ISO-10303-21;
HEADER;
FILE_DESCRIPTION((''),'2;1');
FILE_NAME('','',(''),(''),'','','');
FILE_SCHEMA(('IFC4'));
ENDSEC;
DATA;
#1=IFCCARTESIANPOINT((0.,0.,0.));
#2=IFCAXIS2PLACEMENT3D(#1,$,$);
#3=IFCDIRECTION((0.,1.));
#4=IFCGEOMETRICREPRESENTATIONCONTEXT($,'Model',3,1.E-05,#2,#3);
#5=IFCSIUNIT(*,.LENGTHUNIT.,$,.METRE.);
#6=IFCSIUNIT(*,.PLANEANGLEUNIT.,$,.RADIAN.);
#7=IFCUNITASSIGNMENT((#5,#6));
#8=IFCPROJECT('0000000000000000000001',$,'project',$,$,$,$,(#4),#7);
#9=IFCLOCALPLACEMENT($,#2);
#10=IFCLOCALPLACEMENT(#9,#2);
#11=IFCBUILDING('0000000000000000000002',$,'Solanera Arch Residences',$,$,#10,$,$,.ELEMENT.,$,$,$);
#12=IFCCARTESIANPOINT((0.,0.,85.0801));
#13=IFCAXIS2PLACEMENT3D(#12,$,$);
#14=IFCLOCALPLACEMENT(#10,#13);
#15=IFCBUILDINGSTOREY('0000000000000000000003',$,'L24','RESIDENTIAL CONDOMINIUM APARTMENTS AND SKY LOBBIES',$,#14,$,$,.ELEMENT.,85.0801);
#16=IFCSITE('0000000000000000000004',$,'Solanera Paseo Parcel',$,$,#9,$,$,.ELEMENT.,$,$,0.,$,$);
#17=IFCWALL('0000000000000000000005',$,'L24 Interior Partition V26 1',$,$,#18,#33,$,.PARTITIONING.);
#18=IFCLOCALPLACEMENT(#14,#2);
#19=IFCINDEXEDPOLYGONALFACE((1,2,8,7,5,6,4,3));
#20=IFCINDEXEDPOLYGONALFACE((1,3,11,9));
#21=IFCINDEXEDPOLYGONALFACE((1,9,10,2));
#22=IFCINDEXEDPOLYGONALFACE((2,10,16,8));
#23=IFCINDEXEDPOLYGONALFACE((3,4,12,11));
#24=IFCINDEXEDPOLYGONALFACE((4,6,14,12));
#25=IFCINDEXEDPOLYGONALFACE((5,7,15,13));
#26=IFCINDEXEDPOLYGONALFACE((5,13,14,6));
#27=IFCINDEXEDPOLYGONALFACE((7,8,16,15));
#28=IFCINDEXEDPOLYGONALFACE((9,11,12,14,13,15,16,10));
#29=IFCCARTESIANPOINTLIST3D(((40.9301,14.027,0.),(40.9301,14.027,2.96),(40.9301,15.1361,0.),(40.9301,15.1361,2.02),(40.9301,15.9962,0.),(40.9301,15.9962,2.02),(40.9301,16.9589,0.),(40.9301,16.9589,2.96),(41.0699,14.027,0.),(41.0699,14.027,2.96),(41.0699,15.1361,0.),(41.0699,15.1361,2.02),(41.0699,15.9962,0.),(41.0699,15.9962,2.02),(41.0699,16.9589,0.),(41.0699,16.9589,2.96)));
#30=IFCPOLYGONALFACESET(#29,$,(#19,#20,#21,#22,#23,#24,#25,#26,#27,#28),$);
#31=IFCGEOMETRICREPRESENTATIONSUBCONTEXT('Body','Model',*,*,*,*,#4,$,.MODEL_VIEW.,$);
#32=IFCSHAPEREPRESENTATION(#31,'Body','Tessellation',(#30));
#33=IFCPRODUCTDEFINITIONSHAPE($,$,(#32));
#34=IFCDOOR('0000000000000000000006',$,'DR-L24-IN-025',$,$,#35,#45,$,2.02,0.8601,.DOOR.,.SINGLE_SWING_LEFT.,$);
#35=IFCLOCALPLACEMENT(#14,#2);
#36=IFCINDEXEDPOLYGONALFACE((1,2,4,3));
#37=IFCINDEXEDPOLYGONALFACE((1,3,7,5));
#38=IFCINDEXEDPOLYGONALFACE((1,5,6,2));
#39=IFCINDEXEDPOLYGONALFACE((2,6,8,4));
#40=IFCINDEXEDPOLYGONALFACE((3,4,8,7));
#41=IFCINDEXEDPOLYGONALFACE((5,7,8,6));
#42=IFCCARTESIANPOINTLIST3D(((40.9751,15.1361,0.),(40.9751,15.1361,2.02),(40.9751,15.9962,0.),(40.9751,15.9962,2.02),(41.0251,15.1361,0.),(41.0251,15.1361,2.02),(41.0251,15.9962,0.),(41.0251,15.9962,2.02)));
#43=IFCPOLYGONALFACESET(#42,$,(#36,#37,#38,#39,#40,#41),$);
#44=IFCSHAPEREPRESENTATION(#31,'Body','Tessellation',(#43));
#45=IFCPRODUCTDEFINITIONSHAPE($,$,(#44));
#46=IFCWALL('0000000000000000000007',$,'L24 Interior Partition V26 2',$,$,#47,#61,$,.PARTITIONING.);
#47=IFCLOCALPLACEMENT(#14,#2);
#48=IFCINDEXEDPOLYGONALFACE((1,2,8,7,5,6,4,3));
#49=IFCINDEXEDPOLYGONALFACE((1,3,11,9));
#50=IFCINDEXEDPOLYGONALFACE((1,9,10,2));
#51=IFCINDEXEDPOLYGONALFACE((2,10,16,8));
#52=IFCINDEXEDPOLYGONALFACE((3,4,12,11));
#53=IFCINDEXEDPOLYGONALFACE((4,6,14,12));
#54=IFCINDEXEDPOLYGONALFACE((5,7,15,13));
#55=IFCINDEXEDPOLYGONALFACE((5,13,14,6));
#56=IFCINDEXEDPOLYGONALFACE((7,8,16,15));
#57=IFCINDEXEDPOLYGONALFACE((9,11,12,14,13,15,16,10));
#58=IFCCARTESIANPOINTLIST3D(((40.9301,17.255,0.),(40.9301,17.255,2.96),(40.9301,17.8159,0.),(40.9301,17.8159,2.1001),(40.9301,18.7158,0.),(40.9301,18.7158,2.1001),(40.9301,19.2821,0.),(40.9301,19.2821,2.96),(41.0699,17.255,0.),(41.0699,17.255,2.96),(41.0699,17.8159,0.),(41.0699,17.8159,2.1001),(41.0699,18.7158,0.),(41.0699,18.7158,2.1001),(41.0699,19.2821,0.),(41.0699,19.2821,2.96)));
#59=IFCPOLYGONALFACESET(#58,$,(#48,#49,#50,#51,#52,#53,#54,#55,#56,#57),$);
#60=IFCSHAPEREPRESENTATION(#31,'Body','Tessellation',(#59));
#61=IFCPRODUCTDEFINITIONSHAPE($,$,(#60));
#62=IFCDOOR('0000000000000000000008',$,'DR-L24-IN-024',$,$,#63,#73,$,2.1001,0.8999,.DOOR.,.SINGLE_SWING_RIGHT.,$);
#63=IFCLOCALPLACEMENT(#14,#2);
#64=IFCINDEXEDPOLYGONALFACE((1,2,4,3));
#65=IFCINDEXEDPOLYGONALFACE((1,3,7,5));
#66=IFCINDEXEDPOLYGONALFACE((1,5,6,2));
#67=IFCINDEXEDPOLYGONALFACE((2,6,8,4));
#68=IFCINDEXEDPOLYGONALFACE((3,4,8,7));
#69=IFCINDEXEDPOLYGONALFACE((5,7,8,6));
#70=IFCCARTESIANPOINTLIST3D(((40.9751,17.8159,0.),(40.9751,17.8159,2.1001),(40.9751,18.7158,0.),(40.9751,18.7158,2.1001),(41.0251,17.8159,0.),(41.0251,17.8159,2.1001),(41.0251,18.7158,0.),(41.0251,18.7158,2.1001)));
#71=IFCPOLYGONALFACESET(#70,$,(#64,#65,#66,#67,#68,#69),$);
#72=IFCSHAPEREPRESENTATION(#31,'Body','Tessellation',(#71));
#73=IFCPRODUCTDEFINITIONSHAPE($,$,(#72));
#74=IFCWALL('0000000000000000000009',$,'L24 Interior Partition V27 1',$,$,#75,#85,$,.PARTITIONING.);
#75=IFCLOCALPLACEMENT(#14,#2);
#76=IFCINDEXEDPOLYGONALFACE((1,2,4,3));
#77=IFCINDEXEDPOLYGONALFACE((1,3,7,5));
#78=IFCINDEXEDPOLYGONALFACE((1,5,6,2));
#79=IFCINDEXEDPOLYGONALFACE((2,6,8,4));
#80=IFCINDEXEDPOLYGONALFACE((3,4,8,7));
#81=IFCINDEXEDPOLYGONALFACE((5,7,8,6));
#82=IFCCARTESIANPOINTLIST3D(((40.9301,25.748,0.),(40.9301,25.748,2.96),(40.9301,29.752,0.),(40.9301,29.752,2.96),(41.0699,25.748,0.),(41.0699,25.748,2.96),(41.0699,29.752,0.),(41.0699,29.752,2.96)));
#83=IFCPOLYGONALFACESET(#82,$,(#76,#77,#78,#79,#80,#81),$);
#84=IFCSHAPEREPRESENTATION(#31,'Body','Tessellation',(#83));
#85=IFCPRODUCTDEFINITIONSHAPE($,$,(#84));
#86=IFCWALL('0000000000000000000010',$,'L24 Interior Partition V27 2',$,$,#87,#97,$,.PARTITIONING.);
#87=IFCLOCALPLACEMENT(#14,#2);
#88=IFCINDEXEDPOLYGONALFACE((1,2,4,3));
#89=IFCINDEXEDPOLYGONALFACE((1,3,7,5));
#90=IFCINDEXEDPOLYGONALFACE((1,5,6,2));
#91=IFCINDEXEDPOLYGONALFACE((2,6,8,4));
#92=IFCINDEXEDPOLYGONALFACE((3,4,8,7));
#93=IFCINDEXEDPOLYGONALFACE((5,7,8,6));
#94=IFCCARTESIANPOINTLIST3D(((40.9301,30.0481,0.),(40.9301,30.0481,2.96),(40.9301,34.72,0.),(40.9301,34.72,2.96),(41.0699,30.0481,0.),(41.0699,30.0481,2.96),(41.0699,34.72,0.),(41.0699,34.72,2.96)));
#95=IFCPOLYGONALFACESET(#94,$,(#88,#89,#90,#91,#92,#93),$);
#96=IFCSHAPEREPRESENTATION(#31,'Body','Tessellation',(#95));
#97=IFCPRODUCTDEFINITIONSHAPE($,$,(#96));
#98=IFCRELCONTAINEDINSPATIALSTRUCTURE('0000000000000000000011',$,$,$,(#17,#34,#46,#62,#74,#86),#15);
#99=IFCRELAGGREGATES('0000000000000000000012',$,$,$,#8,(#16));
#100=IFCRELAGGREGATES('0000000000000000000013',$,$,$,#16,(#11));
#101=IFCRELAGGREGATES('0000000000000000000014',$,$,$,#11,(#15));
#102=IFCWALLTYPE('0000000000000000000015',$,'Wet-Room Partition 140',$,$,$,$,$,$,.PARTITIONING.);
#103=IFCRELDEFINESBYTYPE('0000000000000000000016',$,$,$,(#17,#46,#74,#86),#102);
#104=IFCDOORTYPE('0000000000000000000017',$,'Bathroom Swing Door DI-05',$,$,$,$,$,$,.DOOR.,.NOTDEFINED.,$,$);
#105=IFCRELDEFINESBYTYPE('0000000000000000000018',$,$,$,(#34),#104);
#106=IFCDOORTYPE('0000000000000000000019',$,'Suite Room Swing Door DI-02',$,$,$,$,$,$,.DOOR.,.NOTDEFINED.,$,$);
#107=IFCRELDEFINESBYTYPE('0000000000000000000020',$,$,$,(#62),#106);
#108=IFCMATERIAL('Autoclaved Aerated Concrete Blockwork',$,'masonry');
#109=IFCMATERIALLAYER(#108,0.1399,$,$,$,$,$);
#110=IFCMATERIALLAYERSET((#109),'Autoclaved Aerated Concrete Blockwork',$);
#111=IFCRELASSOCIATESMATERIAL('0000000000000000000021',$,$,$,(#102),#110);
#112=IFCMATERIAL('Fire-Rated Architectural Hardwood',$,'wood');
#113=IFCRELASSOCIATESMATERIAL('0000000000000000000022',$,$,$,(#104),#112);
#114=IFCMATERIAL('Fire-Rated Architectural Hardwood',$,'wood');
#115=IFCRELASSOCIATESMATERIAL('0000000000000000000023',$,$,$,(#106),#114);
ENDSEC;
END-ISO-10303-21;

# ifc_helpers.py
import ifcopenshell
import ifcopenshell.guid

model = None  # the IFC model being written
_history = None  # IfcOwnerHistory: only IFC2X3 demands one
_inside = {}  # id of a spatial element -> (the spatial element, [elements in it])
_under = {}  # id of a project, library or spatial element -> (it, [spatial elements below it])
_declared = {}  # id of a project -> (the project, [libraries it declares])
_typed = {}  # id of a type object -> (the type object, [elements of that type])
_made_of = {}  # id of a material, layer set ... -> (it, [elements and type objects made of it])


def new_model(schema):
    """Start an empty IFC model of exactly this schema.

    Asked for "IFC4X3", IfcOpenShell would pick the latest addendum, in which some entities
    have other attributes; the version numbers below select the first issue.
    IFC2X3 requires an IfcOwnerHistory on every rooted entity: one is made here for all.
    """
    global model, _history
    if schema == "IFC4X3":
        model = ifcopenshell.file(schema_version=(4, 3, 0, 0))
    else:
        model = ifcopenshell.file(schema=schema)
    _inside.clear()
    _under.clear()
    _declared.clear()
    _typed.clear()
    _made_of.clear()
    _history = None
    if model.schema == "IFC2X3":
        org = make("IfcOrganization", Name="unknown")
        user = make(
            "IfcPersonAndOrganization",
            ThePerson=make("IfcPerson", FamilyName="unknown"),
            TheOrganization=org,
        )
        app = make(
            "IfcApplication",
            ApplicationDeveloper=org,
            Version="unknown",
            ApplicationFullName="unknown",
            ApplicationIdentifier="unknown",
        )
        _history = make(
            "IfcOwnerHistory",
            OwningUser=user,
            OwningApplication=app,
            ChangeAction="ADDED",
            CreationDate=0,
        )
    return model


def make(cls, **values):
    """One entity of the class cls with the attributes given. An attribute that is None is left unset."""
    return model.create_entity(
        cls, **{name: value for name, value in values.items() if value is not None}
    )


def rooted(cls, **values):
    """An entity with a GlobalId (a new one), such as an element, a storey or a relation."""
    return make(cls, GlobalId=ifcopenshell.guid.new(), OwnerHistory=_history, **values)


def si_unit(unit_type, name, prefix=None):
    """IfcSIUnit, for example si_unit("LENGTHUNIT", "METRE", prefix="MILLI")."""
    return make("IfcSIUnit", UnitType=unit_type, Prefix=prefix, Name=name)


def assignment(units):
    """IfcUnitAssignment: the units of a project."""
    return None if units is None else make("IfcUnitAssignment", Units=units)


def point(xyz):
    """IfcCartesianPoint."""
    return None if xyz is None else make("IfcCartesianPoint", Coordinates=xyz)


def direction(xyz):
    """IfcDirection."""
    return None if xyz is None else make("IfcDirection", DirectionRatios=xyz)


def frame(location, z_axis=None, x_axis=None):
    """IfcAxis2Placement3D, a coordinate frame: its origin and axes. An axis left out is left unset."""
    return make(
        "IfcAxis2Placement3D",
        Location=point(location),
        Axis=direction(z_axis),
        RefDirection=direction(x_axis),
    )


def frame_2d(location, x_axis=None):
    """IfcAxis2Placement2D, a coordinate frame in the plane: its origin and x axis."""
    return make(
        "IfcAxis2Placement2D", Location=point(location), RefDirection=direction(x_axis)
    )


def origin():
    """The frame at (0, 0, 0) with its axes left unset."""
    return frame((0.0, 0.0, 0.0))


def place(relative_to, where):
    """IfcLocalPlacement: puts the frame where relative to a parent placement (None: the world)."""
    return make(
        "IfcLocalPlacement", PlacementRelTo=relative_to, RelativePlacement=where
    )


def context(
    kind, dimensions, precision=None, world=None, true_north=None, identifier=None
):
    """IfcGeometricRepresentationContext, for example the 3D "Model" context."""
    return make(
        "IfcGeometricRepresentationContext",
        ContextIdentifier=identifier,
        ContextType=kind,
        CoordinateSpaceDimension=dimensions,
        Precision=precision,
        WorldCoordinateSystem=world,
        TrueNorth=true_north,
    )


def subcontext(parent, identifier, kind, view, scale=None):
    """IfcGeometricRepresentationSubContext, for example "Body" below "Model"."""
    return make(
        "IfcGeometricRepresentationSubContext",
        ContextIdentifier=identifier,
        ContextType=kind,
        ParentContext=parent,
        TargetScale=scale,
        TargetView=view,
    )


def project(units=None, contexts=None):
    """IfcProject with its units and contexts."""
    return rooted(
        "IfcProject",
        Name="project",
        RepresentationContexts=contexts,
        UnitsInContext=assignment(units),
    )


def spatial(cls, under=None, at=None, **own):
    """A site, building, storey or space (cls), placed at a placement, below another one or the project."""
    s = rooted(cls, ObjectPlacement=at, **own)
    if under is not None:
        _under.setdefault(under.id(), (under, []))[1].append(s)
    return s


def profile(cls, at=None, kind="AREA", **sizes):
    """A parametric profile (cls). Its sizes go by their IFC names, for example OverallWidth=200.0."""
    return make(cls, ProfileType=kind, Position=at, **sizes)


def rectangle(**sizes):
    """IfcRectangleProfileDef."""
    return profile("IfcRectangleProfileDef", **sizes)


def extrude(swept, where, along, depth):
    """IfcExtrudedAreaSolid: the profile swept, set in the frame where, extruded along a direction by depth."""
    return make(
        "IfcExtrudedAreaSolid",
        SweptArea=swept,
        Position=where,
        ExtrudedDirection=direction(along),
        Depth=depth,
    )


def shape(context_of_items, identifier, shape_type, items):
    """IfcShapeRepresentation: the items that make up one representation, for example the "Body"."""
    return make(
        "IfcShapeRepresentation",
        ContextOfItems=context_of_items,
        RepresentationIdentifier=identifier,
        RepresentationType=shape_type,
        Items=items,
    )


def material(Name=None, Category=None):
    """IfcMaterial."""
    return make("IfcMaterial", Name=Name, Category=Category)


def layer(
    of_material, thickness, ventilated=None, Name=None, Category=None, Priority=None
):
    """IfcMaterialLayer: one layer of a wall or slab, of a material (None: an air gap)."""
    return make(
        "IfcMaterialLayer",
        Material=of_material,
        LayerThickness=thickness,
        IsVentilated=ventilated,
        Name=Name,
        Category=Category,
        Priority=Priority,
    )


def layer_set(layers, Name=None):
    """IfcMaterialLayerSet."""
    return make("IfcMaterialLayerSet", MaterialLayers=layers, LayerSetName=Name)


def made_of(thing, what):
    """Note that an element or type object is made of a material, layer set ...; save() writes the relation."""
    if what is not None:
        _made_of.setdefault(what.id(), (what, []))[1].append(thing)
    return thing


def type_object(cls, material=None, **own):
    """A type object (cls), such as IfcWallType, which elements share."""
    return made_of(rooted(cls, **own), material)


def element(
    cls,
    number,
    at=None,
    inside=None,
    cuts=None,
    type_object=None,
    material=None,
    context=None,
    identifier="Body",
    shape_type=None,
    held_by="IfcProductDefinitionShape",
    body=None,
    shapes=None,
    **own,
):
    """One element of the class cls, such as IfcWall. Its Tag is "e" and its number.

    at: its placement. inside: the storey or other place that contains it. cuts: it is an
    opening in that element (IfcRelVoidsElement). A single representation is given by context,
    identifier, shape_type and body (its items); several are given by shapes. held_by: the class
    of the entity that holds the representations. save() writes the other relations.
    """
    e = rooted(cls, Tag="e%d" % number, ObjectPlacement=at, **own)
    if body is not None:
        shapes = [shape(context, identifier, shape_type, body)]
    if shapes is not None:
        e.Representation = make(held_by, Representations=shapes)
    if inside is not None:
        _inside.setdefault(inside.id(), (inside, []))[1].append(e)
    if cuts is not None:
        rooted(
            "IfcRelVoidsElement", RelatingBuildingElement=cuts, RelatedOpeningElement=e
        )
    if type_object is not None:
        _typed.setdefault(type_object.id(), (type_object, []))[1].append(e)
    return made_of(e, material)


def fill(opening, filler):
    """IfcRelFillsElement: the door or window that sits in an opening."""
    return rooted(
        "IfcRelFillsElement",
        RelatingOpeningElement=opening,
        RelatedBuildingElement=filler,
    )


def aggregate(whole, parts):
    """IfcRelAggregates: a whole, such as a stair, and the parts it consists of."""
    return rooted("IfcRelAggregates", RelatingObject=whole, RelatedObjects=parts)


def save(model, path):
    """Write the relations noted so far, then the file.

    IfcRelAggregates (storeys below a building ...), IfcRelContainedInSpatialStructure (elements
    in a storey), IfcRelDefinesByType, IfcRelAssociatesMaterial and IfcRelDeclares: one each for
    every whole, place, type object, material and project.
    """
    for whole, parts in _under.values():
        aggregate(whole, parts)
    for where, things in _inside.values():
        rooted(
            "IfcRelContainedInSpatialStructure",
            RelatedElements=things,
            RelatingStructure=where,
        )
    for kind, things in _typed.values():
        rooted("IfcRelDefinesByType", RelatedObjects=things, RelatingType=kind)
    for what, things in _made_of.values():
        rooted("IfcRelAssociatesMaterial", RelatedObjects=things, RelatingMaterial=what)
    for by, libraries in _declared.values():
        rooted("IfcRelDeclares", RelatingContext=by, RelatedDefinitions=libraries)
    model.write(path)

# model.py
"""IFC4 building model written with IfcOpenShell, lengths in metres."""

from ifc_helpers import new_model, si_unit, direction, frame, frame_2d, origin, place, context, subcontext, project, spatial, rectangle, extrude, material, layer, layer_set, type_object, element, fill, save


model = new_model("IFC4")

# Units and contexts
model_context = context("Model", 3, precision=1e-05, world=origin(), true_north=direction((0.0, 1.0)))
body_context = subcontext(model_context, "Body", "Model", "MODEL_VIEW")
ifc_project = project(units=[si_unit("LENGTHUNIT", "METRE"), si_unit("PLANEANGLEUNIT", "RADIAN")], contexts=[model_context])

# Site, building, storey
site_placement = place(None, origin())
site = spatial("IfcSite", under=ifc_project, at=site_placement, Name="Solanera Paseo Parcel", CompositionType="ELEMENT", RefElevation=0.0)
building_placement = place(site_placement, origin())
building = spatial("IfcBuilding", under=site, at=building_placement, Name="Solanera Arch Residences", CompositionType="ELEMENT")
storey_placement = place(building_placement, frame((0.0, 0.0, 85.0801)))
storey = spatial("IfcBuildingStorey", under=building, at=storey_placement, Name="L24", Description="RESIDENTIAL CONDOMINIUM APARTMENTS AND SKY LOBBIES", CompositionType="ELEMENT", Elevation=85.0801)

# Shared definitions
ifc_material_1 = material(Name="Autoclaved Aerated Concrete Blockwork", Category="masonry")
ifc_layer_1 = layer(ifc_material_1, 0.1399)
ifc_layer_set_1 = layer_set([ifc_layer_1], Name="Autoclaved Aerated Concrete Blockwork")
wall_type_1 = type_object("IfcWallType", Name="Wet-Room Partition 140", PredefinedType="PARTITIONING", material=ifc_layer_set_1)

# Walls, openings, doors
wall_1_placement = place(storey_placement, frame((41.0, 14.0271, 0.0), z_axis=(0.0, 0.0, 1.0), x_axis=(0.0, 1.0, 0.0)))
wall_1 = element("IfcWall", 1, at=wall_1_placement, inside=storey, type_object=wall_type_1, Name="L24 Interior Partition V26 1", PredefinedType="PARTITIONING", context=body_context, shape_type="SweptSolid", body=[
    extrude(rectangle(XDim=2.9319, YDim=0.1399, at=frame_2d((1.4658, 0.0))), origin(), (0.0, 0.0, 1.0), 2.96),
])
opening_1_placement = place(wall_1_placement, frame((1.1089, 0.0, 0.0)))
opening_1 = element("IfcOpeningElement", 2, at=opening_1_placement, cuts=wall_1, PredefinedType="OPENING", context=body_context, shape_type="SweptSolid", body=[
    extrude(rectangle(XDim=0.8601, YDim=2.02, at=frame_2d((0.4302, 1.01))), frame((0.0, 0.0798, 0.0), z_axis=(0.0, -1.0, 0.0), x_axis=(1.0, 0.0, 0.0)), (0.0, 0.0, 1.0), 0.1599),
])
ifc_material_2 = material(Name="Fire-Rated Architectural Hardwood", Category="wood")
door_type_1 = type_object("IfcDoorType", Name="Bathroom Swing Door DI-05", OperationType="NOTDEFINED", PredefinedType="DOOR", material=ifc_material_2)
door_1_placement = place(opening_1_placement, origin())
door_1 = element("IfcDoor", 3, at=door_1_placement, inside=storey, type_object=door_type_1, Name="DR-L24-IN-025", OperationType="SINGLE_SWING_LEFT", OverallHeight=2.02, OverallWidth=0.8601, PredefinedType="DOOR", context=body_context, shape_type="SweptSolid", body=[
    extrude(rectangle(XDim=0.8601, YDim=2.02, at=frame_2d((0.4302, 1.01))), frame((0.0, 0.0249, 0.0), z_axis=(0.0, -1.0, 0.0), x_axis=(1.0, 0.0, 0.0)), (0.0, 0.0, 1.0), 0.05),
])
fill(opening_1, door_1)
wall_2_placement = place(storey_placement, frame((41.0, 17.2549, 0.0), z_axis=(0.0, 0.0, 1.0), x_axis=(0.0, 1.0, 0.0)))
wall_2 = element("IfcWall", 4, at=wall_2_placement, inside=storey, type_object=wall_type_1, Name="L24 Interior Partition V26 2", PredefinedType="PARTITIONING", context=body_context, shape_type="SweptSolid", body=[
    extrude(rectangle(XDim=2.0271, YDim=0.1399, at=frame_2d((1.0137, 0.0))), origin(), (0.0, 0.0, 1.0), 2.96),
])
opening_2_placement = place(wall_2_placement, frame((0.561, 0.0, 0.0)))
opening_2 = element("IfcOpeningElement", 5, at=opening_2_placement, cuts=wall_2, PredefinedType="OPENING", context=body_context, shape_type="SweptSolid", body=[
    extrude(rectangle(XDim=0.8999, YDim=2.1001, at=frame_2d((0.45, 1.05))), frame((0.0, 0.0798, 0.0), z_axis=(0.0, -1.0, 0.0), x_axis=(1.0, 0.0, 0.0)), (0.0, 0.0, 1.0), 0.1599),
])
ifc_material_3 = material(Name="Fire-Rated Architectural Hardwood", Category="wood")
door_type_2 = type_object("IfcDoorType", Name="Suite Room Swing Door DI-02", OperationType="NOTDEFINED", PredefinedType="DOOR", material=ifc_material_3)
door_2_placement = place(opening_2_placement, origin())
door_2 = element("IfcDoor", 6, at=door_2_placement, inside=storey, type_object=door_type_2, Name="DR-L24-IN-024", OperationType="SINGLE_SWING_RIGHT", OverallHeight=2.1001, OverallWidth=0.8999, PredefinedType="DOOR", context=body_context, shape_type="SweptSolid", body=[
    extrude(rectangle(XDim=0.8999, YDim=2.1001, at=frame_2d((0.45, 1.05))), frame((0.0, 0.0249, 0.0), z_axis=(0.0, -1.0, 0.0), x_axis=(1.0, 0.0, 0.0)), (0.0, 0.0, 1.0), 0.05),
])
fill(opening_2, door_2)

# Walls
wall_3_placement = place(storey_placement, frame((41.0, 25.748, 0.0), z_axis=(0.0, 0.0, 1.0), x_axis=(0.0, 1.0, 0.0)))
element("IfcWall", 7, at=wall_3_placement, inside=storey, type_object=wall_type_1, Name="L24 Interior Partition V27 1", PredefinedType="PARTITIONING", context=body_context, shape_type="SweptSolid", body=[
    extrude(rectangle(XDim=4.0039, YDim=0.1399, at=frame_2d((2.002, 0.0))), origin(), (0.0, 0.0, 1.0), 2.96),
])
wall_4_placement = place(storey_placement, frame((41.0, 30.0481, 0.0), z_axis=(0.0, 0.0, 1.0), x_axis=(0.0, 1.0, 0.0)))
element("IfcWall", 8, at=wall_4_placement, inside=storey, type_object=wall_type_1, Name="L24 Interior Partition V27 2", PredefinedType="PARTITIONING", context=body_context, shape_type="SweptSolid", body=[
    extrude(rectangle(XDim=4.6719, YDim=0.1399, at=frame_2d((2.3359, 0.0))), origin(), (0.0, 0.0, 1.0), 2.96),
])

save(model, "model.ifc")
